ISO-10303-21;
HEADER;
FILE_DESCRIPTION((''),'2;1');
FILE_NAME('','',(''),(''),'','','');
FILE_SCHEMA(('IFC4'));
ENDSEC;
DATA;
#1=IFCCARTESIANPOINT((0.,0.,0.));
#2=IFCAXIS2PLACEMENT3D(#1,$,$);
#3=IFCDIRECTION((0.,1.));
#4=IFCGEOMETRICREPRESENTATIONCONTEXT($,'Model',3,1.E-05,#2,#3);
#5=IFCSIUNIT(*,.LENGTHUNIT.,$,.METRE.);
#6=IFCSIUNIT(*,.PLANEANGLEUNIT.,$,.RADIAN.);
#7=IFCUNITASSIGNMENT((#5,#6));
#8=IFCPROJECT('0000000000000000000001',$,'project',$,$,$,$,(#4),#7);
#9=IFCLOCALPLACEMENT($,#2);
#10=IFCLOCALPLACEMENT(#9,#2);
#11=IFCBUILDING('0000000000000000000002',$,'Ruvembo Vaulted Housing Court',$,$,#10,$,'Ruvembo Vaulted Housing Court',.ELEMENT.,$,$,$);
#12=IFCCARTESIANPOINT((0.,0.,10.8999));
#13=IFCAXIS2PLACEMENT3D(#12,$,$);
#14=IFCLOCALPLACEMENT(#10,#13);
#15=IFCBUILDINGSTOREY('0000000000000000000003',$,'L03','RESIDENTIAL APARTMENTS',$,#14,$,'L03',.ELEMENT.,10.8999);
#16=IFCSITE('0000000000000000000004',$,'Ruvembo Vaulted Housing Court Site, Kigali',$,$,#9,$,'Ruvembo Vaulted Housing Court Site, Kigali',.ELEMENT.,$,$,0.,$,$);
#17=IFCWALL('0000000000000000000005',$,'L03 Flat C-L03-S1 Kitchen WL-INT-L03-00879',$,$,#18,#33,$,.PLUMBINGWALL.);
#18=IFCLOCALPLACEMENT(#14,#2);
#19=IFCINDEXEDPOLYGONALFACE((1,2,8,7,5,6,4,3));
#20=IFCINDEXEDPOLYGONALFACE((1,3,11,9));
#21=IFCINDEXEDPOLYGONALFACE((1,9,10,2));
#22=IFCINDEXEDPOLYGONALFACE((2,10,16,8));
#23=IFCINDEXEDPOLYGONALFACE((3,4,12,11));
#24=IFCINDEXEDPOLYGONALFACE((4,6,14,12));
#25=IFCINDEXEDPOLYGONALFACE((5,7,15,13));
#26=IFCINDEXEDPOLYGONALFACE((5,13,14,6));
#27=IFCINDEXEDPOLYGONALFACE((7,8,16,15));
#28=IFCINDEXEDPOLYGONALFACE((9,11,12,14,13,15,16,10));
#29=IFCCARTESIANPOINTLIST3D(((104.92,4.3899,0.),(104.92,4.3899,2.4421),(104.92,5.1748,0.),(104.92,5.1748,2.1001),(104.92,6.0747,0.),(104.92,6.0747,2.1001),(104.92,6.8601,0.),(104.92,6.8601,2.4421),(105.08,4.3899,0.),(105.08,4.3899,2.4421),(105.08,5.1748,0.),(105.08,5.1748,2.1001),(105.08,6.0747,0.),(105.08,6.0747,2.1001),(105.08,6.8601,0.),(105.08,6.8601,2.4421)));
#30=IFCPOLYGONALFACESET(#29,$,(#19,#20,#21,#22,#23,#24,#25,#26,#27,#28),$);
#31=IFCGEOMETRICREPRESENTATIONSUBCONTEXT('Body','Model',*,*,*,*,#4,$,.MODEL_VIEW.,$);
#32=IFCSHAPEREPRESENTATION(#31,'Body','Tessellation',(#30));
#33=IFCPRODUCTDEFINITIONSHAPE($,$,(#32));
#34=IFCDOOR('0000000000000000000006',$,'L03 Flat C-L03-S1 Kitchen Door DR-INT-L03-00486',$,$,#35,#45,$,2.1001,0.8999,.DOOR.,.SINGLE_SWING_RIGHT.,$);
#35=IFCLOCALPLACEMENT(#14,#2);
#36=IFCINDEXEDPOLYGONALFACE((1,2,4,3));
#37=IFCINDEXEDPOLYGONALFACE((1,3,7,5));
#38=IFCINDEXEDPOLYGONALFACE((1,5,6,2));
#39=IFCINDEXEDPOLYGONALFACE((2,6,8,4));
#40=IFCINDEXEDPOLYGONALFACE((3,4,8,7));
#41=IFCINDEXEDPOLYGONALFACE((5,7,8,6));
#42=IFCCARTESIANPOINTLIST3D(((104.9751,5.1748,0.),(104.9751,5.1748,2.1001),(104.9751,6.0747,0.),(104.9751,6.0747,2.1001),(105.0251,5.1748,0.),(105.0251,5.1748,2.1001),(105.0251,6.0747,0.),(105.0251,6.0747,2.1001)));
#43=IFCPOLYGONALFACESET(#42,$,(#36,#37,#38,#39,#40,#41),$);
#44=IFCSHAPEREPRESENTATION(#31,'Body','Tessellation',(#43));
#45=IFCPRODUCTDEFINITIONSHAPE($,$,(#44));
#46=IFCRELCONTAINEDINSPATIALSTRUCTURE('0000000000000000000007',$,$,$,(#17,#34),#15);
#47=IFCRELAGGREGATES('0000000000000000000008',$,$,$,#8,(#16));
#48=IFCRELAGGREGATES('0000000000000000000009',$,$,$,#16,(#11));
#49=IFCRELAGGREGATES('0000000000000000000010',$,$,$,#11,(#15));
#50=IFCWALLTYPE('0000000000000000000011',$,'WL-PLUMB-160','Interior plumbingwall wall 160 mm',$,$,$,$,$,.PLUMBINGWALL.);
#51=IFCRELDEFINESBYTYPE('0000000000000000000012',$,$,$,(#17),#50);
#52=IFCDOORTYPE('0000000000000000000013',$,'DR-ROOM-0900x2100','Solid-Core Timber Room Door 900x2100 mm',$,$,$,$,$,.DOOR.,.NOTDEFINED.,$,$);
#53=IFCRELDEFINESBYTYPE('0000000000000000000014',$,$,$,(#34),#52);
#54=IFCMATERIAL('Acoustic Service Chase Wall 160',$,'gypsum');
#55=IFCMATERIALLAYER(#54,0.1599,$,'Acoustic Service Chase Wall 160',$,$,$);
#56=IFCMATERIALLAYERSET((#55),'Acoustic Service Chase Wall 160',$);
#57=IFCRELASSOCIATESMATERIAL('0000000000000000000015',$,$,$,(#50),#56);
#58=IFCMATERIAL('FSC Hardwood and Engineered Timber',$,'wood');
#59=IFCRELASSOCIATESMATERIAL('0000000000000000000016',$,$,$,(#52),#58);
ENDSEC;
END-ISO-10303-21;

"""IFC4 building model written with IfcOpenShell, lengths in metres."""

from ifc_helpers import new_model, si_unit, direction, frame, frame_2d, origin, place, context, subcontext, project, spatial, rectangle, extrude, material, layer, layer_set, type_object, element, fill, save


model = new_model("IFC4")

# Units and contexts
model_context = context("Model", 3, precision=1e-05, world=origin(), true_north=direction((0.0, 1.0)))
body_context = subcontext(model_context, "Body", "Model", "MODEL_VIEW")
ifc_project = project(units=[si_unit("LENGTHUNIT", "METRE"), si_unit("PLANEANGLEUNIT", "RADIAN")], contexts=[model_context])

# Site, building, storey
site_placement = place(None, origin())
site = spatial("IfcSite", under=ifc_project, at=site_placement, Name="Ruvembo Vaulted Housing Court Site, Kigali", LongName="Ruvembo Vaulted Housing Court Site, Kigali", CompositionType="ELEMENT", RefElevation=0.0)
building_placement = place(site_placement, origin())
building = spatial("IfcBuilding", under=site, at=building_placement, Name="Ruvembo Vaulted Housing Court", LongName="Ruvembo Vaulted Housing Court", CompositionType="ELEMENT")
storey_placement = place(building_placement, frame((0.0, 0.0, 10.8999)))
storey = spatial("IfcBuildingStorey", under=building, at=storey_placement, Name="L03", Description="RESIDENTIAL APARTMENTS", LongName="L03", CompositionType="ELEMENT", Elevation=10.8999)

# Shared definitions
ifc_material_1 = material(Name="FSC Hardwood and Engineered Timber", Category="wood")

# Wall, opening, door
ifc_material_2 = material(Name="Acoustic Service Chase Wall 160", Category="gypsum")
ifc_layer_1 = layer(ifc_material_2, 0.1599, Name="Acoustic Service Chase Wall 160")
ifc_layer_set_1 = layer_set([ifc_layer_1], Name="Acoustic Service Chase Wall 160")
wall_type_1 = type_object("IfcWallType", Name="WL-PLUMB-160", Description="Interior plumbingwall wall 160 mm", PredefinedType="PLUMBINGWALL", material=ifc_layer_set_1)
wall_1_placement = place(storey_placement, frame((105.0, 4.3899, 0.0), z_axis=(0.0, 0.0, 1.0), x_axis=(0.0, 1.0, 0.0)))
wall_1 = element("IfcWall", 1, at=wall_1_placement, inside=storey, type_object=wall_type_1, Name="L03 Flat C-L03-S1 Kitchen WL-INT-L03-00879", PredefinedType="PLUMBINGWALL", context=body_context, shape_type="SweptSolid", body=[
    extrude(rectangle(XDim=2.4702, YDim=0.1599, at=frame_2d((1.2351, 0.0))), origin(), (0.0, 0.0, 1.0), 2.4421),
])
opening_1_placement = place(wall_1_placement, frame((0.7849, 0.0, 0.0)))
opening_1 = element("IfcOpeningElement", 2, at=opening_1_placement, cuts=wall_1, PredefinedType="OPENING", context=body_context, shape_type="SweptSolid", body=[
    extrude(rectangle(XDim=0.8999, YDim=2.1001, at=frame_2d((0.45, 1.05))), frame((0.0, 0.0898, 0.0), z_axis=(0.0, -1.0, 0.0), x_axis=(1.0, 0.0, 0.0)), (0.0, 0.0, 1.0), 0.1799),
])
door_type_1 = type_object("IfcDoorType", Name="DR-ROOM-0900x2100", Description="Solid-Core Timber Room Door 900x2100 mm", OperationType="NOTDEFINED", PredefinedType="DOOR", material=ifc_material_1)
door_1_placement = place(opening_1_placement, origin())
door_1 = element("IfcDoor", 3, at=door_1_placement, inside=storey, type_object=door_type_1, Name="L03 Flat C-L03-S1 Kitchen Door DR-INT-L03-00486", OperationType="SINGLE_SWING_RIGHT", OverallHeight=2.1001, OverallWidth=0.8999, PredefinedType="DOOR", context=body_context, shape_type="SweptSolid", body=[
    extrude(rectangle(XDim=0.8999, YDim=2.1001, at=frame_2d((0.45, 1.05))), frame((0.0, 0.0249, 0.0), z_axis=(0.0, -1.0, 0.0), x_axis=(1.0, 0.0, 0.0)), (0.0, 0.0, 1.0), 0.05),
])
fill(opening_1, door_1)

save(model, "model.ifc")
